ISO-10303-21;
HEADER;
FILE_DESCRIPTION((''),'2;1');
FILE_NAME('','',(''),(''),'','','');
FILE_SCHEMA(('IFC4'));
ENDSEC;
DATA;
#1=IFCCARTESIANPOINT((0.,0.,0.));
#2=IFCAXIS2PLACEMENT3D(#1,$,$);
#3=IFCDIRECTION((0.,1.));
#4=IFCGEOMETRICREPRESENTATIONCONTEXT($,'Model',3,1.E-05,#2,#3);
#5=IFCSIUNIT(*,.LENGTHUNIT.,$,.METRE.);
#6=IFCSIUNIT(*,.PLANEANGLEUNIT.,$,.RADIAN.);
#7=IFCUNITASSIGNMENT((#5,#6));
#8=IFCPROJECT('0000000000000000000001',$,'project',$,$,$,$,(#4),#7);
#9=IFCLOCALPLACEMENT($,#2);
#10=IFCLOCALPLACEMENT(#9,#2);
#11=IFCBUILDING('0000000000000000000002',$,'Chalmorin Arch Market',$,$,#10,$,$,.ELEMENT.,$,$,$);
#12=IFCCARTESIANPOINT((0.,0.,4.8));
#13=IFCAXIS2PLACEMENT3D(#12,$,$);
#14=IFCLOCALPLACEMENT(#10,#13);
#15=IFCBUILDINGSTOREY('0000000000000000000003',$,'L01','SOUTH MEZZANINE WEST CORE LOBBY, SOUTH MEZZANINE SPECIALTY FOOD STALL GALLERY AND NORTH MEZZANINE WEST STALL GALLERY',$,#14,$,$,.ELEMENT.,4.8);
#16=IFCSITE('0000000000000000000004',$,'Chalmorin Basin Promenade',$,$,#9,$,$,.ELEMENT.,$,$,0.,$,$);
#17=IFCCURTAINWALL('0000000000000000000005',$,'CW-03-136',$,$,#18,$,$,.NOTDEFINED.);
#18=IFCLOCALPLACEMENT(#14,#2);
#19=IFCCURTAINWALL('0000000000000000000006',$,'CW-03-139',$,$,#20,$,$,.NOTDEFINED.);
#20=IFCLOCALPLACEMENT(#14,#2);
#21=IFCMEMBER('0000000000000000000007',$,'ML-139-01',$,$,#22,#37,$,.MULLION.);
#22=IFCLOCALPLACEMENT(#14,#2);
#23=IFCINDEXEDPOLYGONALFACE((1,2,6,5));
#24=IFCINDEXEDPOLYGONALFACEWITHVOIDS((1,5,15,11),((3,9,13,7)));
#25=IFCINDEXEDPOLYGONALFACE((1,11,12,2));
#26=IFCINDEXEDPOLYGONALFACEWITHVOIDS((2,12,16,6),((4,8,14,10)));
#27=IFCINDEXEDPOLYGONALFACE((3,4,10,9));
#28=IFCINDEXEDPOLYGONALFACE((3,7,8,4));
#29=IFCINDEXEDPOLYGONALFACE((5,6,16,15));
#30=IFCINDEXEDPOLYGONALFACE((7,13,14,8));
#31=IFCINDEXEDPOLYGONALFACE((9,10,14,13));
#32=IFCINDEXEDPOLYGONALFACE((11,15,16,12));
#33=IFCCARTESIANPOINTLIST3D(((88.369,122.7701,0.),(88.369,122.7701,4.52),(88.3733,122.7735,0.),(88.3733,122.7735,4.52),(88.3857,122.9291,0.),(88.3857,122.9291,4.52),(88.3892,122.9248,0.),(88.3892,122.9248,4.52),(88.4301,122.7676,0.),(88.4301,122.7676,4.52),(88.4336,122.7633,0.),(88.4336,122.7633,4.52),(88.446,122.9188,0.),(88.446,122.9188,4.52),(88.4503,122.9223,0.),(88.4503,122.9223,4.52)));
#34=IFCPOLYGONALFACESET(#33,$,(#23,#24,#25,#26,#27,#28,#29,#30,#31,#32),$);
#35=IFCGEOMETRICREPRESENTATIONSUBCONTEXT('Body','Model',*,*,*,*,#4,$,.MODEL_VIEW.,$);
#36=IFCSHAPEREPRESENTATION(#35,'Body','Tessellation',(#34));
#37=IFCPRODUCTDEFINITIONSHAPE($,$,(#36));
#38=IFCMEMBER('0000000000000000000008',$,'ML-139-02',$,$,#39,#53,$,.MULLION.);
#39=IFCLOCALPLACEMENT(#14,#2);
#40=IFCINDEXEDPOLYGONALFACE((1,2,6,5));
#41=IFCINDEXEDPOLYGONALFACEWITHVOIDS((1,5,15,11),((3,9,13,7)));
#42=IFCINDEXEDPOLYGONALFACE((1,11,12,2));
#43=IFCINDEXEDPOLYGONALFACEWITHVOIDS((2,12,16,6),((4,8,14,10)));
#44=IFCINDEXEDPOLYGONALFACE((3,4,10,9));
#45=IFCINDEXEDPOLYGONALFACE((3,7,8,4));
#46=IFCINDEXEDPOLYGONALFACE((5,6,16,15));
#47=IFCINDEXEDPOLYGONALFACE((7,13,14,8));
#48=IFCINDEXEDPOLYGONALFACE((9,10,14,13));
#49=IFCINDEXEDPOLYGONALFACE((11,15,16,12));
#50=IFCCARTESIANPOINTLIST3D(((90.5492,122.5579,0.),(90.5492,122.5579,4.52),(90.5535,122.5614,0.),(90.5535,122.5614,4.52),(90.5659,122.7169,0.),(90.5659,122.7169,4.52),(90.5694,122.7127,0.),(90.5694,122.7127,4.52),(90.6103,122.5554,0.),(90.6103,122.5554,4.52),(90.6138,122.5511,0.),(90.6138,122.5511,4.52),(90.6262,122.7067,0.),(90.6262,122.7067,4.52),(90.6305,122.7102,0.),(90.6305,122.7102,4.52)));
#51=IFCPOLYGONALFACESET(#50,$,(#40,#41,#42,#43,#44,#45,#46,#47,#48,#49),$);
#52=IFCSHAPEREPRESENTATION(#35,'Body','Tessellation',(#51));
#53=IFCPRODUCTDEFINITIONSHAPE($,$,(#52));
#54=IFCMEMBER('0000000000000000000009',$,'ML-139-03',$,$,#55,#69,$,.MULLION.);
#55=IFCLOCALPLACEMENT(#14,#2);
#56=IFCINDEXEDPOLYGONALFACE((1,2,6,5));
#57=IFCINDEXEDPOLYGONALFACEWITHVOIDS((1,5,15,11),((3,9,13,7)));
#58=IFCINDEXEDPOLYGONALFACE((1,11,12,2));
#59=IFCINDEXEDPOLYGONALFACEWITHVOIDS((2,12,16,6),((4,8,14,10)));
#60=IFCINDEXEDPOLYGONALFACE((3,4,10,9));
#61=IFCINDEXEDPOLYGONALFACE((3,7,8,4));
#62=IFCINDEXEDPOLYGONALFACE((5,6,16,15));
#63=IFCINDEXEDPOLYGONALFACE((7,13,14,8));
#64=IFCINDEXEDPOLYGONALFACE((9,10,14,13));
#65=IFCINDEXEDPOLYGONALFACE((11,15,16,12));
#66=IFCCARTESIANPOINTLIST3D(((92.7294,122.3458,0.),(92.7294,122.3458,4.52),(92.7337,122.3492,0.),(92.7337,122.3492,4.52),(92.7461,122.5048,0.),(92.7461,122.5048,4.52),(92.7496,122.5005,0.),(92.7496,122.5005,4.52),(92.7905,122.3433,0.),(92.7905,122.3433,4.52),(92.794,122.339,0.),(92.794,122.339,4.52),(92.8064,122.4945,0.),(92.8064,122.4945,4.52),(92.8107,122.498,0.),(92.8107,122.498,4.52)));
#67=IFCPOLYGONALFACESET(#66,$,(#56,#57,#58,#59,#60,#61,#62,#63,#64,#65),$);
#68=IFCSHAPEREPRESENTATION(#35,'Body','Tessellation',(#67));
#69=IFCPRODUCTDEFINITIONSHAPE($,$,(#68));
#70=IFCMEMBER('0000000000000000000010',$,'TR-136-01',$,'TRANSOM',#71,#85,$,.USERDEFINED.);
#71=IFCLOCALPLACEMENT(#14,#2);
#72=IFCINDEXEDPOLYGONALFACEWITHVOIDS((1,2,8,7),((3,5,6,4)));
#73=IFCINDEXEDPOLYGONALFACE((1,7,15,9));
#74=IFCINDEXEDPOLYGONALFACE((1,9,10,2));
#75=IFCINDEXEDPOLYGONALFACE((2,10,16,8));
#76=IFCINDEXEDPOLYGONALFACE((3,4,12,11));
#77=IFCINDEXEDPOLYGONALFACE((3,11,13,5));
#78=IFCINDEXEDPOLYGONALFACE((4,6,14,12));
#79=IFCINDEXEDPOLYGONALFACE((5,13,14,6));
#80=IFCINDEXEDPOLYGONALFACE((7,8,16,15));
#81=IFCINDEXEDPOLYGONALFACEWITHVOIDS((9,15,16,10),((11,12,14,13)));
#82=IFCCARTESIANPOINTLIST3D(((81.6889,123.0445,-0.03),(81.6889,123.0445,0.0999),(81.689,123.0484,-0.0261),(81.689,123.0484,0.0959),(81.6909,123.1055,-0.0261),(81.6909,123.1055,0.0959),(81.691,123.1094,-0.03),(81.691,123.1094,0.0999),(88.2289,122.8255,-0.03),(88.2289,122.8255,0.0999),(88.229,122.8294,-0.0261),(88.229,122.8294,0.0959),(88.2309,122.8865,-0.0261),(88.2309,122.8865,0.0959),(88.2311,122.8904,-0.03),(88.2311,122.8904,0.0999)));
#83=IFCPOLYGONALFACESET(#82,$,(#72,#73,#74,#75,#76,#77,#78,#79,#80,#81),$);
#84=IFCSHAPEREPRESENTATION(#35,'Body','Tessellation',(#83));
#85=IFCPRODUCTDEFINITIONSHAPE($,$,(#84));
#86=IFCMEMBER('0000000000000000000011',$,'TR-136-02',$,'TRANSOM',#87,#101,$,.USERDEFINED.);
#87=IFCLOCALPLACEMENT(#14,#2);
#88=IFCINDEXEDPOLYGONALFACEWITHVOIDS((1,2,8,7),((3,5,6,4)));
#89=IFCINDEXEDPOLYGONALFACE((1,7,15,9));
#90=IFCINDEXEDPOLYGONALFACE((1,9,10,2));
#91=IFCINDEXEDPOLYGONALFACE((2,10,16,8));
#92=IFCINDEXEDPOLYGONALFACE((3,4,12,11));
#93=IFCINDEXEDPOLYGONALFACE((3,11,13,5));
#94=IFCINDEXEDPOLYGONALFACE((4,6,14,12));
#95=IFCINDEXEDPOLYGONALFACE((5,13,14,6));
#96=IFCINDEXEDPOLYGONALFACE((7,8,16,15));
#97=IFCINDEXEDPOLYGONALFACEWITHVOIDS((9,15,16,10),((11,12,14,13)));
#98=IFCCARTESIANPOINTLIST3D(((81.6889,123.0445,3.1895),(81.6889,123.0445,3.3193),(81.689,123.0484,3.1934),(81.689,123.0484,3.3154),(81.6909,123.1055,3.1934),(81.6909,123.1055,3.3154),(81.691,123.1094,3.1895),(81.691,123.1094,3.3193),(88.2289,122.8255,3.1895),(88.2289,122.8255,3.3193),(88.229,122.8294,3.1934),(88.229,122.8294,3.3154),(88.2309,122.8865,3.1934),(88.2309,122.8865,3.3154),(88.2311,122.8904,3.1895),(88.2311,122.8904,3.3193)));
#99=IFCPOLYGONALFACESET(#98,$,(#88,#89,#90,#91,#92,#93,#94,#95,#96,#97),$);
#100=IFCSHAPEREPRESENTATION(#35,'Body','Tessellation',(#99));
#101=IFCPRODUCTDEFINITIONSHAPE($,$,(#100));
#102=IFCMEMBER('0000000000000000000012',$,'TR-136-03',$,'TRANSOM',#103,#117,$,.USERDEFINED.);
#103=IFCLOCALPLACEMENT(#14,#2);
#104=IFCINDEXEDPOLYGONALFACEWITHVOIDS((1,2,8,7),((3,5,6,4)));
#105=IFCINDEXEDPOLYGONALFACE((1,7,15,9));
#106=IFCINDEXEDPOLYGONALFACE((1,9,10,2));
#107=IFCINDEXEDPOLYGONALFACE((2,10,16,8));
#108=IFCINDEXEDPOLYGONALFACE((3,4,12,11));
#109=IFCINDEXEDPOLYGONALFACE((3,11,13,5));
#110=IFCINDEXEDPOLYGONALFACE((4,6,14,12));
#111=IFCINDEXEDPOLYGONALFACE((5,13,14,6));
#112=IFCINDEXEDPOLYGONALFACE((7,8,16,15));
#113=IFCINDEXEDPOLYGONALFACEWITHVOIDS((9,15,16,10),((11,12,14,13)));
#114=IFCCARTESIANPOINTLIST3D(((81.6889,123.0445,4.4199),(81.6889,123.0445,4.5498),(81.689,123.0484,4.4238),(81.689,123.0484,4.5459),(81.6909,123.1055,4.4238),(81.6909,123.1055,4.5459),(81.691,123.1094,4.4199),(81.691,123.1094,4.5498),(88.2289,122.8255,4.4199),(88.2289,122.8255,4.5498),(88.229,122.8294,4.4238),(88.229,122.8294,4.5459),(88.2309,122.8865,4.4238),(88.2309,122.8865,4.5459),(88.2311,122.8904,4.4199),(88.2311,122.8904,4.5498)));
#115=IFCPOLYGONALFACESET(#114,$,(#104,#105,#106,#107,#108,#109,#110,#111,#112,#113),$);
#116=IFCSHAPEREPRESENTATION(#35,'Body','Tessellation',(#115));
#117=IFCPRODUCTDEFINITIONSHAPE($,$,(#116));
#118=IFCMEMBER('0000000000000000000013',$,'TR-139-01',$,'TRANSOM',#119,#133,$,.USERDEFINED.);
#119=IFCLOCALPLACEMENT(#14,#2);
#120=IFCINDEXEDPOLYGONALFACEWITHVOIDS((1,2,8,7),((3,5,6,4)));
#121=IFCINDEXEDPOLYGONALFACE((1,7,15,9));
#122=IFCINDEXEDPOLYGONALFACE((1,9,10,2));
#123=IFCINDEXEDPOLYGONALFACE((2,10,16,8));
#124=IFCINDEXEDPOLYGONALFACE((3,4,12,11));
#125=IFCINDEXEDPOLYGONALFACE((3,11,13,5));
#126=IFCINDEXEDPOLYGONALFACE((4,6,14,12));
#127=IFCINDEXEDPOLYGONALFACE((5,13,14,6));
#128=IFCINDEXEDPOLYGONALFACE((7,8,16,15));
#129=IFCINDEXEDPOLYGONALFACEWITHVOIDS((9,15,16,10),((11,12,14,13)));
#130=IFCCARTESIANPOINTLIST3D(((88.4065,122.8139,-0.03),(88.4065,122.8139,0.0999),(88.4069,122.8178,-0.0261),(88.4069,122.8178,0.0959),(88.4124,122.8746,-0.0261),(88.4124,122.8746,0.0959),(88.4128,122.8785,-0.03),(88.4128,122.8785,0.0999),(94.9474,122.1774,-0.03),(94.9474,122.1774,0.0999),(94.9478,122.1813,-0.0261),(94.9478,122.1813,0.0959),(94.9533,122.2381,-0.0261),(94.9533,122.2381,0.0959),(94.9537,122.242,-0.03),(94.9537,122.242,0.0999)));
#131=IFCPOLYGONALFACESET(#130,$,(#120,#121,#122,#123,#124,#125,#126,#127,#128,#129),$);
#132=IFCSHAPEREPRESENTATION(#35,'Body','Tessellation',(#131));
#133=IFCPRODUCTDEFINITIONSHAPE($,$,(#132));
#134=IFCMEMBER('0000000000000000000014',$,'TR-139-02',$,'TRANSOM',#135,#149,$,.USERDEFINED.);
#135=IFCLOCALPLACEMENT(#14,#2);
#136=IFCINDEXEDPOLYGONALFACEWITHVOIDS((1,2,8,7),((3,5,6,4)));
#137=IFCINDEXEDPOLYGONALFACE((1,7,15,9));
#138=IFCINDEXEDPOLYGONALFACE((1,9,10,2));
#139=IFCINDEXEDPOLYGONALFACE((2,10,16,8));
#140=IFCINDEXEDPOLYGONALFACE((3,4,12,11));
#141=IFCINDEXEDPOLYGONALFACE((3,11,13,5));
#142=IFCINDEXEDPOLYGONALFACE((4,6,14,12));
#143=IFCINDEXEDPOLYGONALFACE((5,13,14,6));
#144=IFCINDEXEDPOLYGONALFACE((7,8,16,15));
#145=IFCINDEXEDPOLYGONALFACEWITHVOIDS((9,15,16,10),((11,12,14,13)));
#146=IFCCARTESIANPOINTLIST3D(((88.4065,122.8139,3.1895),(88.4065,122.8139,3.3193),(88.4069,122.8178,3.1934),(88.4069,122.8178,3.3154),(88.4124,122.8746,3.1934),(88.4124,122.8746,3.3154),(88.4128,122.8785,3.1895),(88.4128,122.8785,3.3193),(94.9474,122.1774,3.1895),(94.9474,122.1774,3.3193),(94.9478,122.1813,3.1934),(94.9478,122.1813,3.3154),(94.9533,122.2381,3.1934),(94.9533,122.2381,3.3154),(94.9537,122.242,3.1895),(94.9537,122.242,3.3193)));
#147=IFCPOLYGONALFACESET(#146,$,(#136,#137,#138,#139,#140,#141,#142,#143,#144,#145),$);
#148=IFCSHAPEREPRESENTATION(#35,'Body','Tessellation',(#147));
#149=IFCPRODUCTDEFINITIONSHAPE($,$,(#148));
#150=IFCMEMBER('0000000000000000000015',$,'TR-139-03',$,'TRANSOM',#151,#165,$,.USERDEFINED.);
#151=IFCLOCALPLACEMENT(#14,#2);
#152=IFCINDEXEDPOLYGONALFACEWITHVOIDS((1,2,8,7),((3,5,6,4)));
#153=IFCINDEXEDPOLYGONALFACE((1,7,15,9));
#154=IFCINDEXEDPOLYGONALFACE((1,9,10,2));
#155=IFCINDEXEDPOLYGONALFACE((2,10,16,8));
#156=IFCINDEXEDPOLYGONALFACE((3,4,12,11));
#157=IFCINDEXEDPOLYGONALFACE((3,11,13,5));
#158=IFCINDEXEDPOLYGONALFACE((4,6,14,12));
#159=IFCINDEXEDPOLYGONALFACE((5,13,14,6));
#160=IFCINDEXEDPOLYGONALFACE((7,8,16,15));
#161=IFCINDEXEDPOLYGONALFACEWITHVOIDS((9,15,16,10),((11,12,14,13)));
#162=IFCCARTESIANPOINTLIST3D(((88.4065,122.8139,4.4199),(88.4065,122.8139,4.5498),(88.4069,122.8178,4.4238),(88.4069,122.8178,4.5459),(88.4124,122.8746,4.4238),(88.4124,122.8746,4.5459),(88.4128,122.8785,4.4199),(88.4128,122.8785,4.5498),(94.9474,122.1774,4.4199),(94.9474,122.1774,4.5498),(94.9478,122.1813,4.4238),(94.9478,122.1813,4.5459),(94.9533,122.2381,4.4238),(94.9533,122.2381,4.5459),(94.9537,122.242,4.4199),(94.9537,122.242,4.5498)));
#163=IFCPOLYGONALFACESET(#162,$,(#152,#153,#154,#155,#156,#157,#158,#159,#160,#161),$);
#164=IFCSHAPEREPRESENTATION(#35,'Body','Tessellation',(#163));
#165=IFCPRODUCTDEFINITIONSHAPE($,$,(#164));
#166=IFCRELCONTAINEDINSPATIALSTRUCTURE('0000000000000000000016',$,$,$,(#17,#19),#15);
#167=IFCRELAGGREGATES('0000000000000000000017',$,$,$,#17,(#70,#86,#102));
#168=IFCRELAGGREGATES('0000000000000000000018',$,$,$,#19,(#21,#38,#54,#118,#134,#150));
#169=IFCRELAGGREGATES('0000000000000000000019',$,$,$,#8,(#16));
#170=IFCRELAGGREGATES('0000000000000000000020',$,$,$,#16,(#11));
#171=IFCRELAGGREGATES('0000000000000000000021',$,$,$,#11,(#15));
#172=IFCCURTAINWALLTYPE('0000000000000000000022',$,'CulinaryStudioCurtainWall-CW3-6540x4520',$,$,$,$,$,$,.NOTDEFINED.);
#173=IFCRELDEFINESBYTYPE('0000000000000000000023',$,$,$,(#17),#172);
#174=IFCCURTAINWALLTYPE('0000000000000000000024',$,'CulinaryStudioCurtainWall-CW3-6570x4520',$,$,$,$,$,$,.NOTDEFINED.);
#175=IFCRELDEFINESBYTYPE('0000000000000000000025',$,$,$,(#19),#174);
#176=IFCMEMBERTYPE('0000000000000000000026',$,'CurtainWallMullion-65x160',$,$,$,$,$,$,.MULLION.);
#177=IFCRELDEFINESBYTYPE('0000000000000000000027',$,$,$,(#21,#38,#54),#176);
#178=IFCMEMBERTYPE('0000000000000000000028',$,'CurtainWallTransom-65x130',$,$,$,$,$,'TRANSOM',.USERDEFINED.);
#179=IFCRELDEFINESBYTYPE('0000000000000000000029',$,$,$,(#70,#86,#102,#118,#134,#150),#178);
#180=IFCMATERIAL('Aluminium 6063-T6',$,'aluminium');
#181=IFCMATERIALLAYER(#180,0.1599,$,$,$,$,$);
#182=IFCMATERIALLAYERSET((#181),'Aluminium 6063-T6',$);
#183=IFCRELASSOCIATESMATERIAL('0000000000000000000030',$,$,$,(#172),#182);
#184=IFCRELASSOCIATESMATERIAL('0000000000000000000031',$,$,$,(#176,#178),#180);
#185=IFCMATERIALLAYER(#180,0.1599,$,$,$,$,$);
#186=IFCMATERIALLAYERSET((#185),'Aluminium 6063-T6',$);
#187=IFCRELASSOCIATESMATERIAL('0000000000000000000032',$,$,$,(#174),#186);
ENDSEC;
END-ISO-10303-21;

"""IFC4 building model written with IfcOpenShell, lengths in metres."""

from ifc_helpers import new_model, si_unit, direction, frame, origin, origin_2d, place, context, subcontext, project, spatial, hollow_rectangle, extrude, material, layer, layer_set, material_profile, profile_set, type_object, element, aggregate, save


model = new_model("IFC4")

# Units and contexts
model_context = context("Model", 3, precision=1e-05, world=origin(), true_north=direction((0.0, 1.0)))
body_context = subcontext(model_context, "Body", "Model", "MODEL_VIEW")
ifc_project = project(units=[si_unit("LENGTHUNIT", "METRE"), si_unit("PLANEANGLEUNIT", "RADIAN")], contexts=[model_context])

# Site, building, storey
site_placement = place(None, origin())
site = spatial("IfcSite", under=ifc_project, at=site_placement, Name="Chalmorin Basin Promenade", CompositionType="ELEMENT", RefElevation=0.0)
building_placement = place(site_placement, origin())
building = spatial("IfcBuilding", under=site, at=building_placement, Name="Chalmorin Arch Market", CompositionType="ELEMENT")
storey_placement = place(building_placement, frame((0.0, 0.0, 4.8)))
storey = spatial("IfcBuildingStorey", under=building, at=storey_placement, Name="L01", Description="SOUTH MEZZANINE WEST CORE LOBBY, SOUTH MEZZANINE SPECIALTY FOOD STALL GALLERY AND NORTH MEZZANINE WEST STALL GALLERY", CompositionType="ELEMENT", Elevation=4.8)

# Curtain walls, members
ifc_material_1 = material(Name="Aluminium 6063-T6", Category="aluminium")
ifc_layer_1 = layer(ifc_material_1, 0.1599)
ifc_layer_set_1 = layer_set([ifc_layer_1], Name="Aluminium 6063-T6")
curtain_wall_type_1 = type_object("IfcCurtainWallType", Name="CulinaryStudioCurtainWall-CW3-6540x4520", PredefinedType="NOTDEFINED", material=ifc_layer_set_1)
ifc_material_profile_1 = material_profile(ifc_material_1, hollow_rectangle(XDim=0.0649, YDim=0.1599, WallThickness=0.0039, at=origin_2d()), Name="ALU65X160X4")
ifc_profile_set_1 = profile_set([ifc_material_profile_1], Name="Aluminium 6063-T6")
member_type_1 = type_object("IfcMemberType", Name="CurtainWallMullion-65x160", PredefinedType="MULLION", material=ifc_profile_set_1)
curtain_wall_1_placement = place(storey_placement, origin())
curtain_wall_1 = element("IfcCurtainWall", 1, at=curtain_wall_1_placement, inside=storey, type_object=curtain_wall_type_1, Name="CW-03-136", PredefinedType="NOTDEFINED")
ifc_layer_2 = layer(ifc_material_1, 0.1599)
ifc_layer_set_2 = layer_set([ifc_layer_2], Name="Aluminium 6063-T6")
curtain_wall_type_2 = type_object("IfcCurtainWallType", Name="CulinaryStudioCurtainWall-CW3-6570x4520", PredefinedType="NOTDEFINED", material=ifc_layer_set_2)
curtain_wall_2_placement = place(storey_placement, origin())
curtain_wall_2 = element("IfcCurtainWall", 2, at=curtain_wall_2_placement, inside=storey, type_object=curtain_wall_type_2, Name="CW-03-139", PredefinedType="NOTDEFINED")
member_1_placement = place(storey_placement, frame((88.4097, 122.8462, 0.0), z_axis=(0.0, 0.0, 1.0), x_axis=(0.994522, -0.104528, 0.0)))
member_1 = element("IfcMember", 3, at=member_1_placement, type_object=member_type_1, Name="ML-139-01", PredefinedType="MULLION", context=body_context, shape_type="SweptSolid", body=[
    extrude(hollow_rectangle(XDim=0.0649, YDim=0.1599, WallThickness=0.0039, at=origin_2d()), origin(), (0.0, 0.0, 1.0), 4.52),
])
member_2_placement = place(storey_placement, frame((90.5898, 122.634, 0.0), z_axis=(0.0, 0.0, 1.0), x_axis=(0.994522, -0.104528, 0.0)))
member_2 = element("IfcMember", 4, at=member_2_placement, type_object=member_type_1, Name="ML-139-02", PredefinedType="MULLION", context=body_context, shape_type="SweptSolid", body=[
    extrude(hollow_rectangle(XDim=0.0649, YDim=0.1599, WallThickness=0.0039, at=origin_2d()), origin(), (0.0, 0.0, 1.0), 4.52),
])
member_3_placement = place(storey_placement, frame((92.77, 122.4219, 0.0), z_axis=(0.0, 0.0, 1.0), x_axis=(0.994522, -0.104528, 0.0)))
member_3 = element("IfcMember", 5, at=member_3_placement, type_object=member_type_1, Name="ML-139-03", PredefinedType="MULLION", context=body_context, shape_type="SweptSolid", body=[
    extrude(hollow_rectangle(XDim=0.0649, YDim=0.1599, WallThickness=0.0039, at=origin_2d()), origin(), (0.0, 0.0, 1.0), 4.52),
])

# Members
ifc_material_profile_2 = material_profile(ifc_material_1, hollow_rectangle(XDim=0.0649, YDim=0.1299, WallThickness=0.0039, at=origin_2d()), Name="ALU65X130X4")
ifc_profile_set_2 = profile_set([ifc_material_profile_2], Name="Aluminium 6063-T6")
member_type_2 = type_object("IfcMemberType", Name="CurtainWallTransom-65x130", ElementType="TRANSOM", PredefinedType="USERDEFINED", material=ifc_profile_set_2)
member_4_placement = place(storey_placement, frame((81.6899, 123.0769, 0.0349), z_axis=(0.99944, -0.033466, 0.0), x_axis=(0.033466, 0.99944, 0.0)))
member_4 = element("IfcMember", 6, at=member_4_placement, type_object=member_type_2, Name="TR-136-01", ObjectType="TRANSOM", PredefinedType="USERDEFINED", context=body_context, shape_type="SweptSolid", body=[
    extrude(hollow_rectangle(XDim=0.0649, YDim=0.1299, WallThickness=0.0039, at=origin_2d()), origin(), (0.0, 0.0, 1.0), 6.5437),
])
member_5_placement = place(storey_placement, frame((81.6899, 123.0769, 3.2544), z_axis=(0.99944, -0.033466, 0.0), x_axis=(0.033466, 0.99944, 0.0)))
member_5 = element("IfcMember", 7, at=member_5_placement, type_object=member_type_2, Name="TR-136-02", ObjectType="TRANSOM", PredefinedType="USERDEFINED", context=body_context, shape_type="SweptSolid", body=[
    extrude(hollow_rectangle(XDim=0.0649, YDim=0.1299, WallThickness=0.0039, at=origin_2d()), origin(), (0.0, 0.0, 1.0), 6.5437),
])
member_6_placement = place(storey_placement, frame((81.6899, 123.0769, 4.4849), z_axis=(0.99944, -0.033466, 0.0), x_axis=(0.033466, 0.99944, 0.0)))
member_6 = element("IfcMember", 8, at=member_6_placement, type_object=member_type_2, Name="TR-136-03", ObjectType="TRANSOM", PredefinedType="USERDEFINED", context=body_context, shape_type="SweptSolid", body=[
    extrude(hollow_rectangle(XDim=0.0649, YDim=0.1299, WallThickness=0.0039, at=origin_2d()), origin(), (0.0, 0.0, 1.0), 6.5437),
])
member_7_placement = place(storey_placement, frame((88.4097, 122.8462, 0.0349), z_axis=(0.995299, -0.096851, 0.0), x_axis=(0.096851, 0.995299, 0.0)))
member_7 = element("IfcMember", 9, at=member_7_placement, type_object=member_type_2, Name="TR-139-01", ObjectType="TRANSOM", PredefinedType="USERDEFINED", context=body_context, shape_type="SweptSolid", body=[
    extrude(hollow_rectangle(XDim=0.0649, YDim=0.1299, WallThickness=0.0039, at=origin_2d()), origin(), (0.0, 0.0, 1.0), 6.5718),
])
member_8_placement = place(storey_placement, frame((88.4097, 122.8462, 3.2544), z_axis=(0.995299, -0.096851, 0.0), x_axis=(0.096851, 0.995299, 0.0)))
member_8 = element("IfcMember", 10, at=member_8_placement, type_object=member_type_2, Name="TR-139-02", ObjectType="TRANSOM", PredefinedType="USERDEFINED", context=body_context, shape_type="SweptSolid", body=[
    extrude(hollow_rectangle(XDim=0.0649, YDim=0.1299, WallThickness=0.0039, at=origin_2d()), origin(), (0.0, 0.0, 1.0), 6.5718),
])
member_9_placement = place(storey_placement, frame((88.4097, 122.8462, 4.4849), z_axis=(0.995299, -0.096851, 0.0), x_axis=(0.096851, 0.995299, 0.0)))
member_9 = element("IfcMember", 11, at=member_9_placement, type_object=member_type_2, Name="TR-139-03", ObjectType="TRANSOM", PredefinedType="USERDEFINED", context=body_context, shape_type="SweptSolid", body=[
    extrude(hollow_rectangle(XDim=0.0649, YDim=0.1299, WallThickness=0.0039, at=origin_2d()), origin(), (0.0, 0.0, 1.0), 6.5718),
])

aggregate(curtain_wall_1, [member_4, member_5, member_6])
aggregate(curtain_wall_2, [member_1, member_2, member_3, member_7, member_8, member_9])

save(model, "model.ifc")
